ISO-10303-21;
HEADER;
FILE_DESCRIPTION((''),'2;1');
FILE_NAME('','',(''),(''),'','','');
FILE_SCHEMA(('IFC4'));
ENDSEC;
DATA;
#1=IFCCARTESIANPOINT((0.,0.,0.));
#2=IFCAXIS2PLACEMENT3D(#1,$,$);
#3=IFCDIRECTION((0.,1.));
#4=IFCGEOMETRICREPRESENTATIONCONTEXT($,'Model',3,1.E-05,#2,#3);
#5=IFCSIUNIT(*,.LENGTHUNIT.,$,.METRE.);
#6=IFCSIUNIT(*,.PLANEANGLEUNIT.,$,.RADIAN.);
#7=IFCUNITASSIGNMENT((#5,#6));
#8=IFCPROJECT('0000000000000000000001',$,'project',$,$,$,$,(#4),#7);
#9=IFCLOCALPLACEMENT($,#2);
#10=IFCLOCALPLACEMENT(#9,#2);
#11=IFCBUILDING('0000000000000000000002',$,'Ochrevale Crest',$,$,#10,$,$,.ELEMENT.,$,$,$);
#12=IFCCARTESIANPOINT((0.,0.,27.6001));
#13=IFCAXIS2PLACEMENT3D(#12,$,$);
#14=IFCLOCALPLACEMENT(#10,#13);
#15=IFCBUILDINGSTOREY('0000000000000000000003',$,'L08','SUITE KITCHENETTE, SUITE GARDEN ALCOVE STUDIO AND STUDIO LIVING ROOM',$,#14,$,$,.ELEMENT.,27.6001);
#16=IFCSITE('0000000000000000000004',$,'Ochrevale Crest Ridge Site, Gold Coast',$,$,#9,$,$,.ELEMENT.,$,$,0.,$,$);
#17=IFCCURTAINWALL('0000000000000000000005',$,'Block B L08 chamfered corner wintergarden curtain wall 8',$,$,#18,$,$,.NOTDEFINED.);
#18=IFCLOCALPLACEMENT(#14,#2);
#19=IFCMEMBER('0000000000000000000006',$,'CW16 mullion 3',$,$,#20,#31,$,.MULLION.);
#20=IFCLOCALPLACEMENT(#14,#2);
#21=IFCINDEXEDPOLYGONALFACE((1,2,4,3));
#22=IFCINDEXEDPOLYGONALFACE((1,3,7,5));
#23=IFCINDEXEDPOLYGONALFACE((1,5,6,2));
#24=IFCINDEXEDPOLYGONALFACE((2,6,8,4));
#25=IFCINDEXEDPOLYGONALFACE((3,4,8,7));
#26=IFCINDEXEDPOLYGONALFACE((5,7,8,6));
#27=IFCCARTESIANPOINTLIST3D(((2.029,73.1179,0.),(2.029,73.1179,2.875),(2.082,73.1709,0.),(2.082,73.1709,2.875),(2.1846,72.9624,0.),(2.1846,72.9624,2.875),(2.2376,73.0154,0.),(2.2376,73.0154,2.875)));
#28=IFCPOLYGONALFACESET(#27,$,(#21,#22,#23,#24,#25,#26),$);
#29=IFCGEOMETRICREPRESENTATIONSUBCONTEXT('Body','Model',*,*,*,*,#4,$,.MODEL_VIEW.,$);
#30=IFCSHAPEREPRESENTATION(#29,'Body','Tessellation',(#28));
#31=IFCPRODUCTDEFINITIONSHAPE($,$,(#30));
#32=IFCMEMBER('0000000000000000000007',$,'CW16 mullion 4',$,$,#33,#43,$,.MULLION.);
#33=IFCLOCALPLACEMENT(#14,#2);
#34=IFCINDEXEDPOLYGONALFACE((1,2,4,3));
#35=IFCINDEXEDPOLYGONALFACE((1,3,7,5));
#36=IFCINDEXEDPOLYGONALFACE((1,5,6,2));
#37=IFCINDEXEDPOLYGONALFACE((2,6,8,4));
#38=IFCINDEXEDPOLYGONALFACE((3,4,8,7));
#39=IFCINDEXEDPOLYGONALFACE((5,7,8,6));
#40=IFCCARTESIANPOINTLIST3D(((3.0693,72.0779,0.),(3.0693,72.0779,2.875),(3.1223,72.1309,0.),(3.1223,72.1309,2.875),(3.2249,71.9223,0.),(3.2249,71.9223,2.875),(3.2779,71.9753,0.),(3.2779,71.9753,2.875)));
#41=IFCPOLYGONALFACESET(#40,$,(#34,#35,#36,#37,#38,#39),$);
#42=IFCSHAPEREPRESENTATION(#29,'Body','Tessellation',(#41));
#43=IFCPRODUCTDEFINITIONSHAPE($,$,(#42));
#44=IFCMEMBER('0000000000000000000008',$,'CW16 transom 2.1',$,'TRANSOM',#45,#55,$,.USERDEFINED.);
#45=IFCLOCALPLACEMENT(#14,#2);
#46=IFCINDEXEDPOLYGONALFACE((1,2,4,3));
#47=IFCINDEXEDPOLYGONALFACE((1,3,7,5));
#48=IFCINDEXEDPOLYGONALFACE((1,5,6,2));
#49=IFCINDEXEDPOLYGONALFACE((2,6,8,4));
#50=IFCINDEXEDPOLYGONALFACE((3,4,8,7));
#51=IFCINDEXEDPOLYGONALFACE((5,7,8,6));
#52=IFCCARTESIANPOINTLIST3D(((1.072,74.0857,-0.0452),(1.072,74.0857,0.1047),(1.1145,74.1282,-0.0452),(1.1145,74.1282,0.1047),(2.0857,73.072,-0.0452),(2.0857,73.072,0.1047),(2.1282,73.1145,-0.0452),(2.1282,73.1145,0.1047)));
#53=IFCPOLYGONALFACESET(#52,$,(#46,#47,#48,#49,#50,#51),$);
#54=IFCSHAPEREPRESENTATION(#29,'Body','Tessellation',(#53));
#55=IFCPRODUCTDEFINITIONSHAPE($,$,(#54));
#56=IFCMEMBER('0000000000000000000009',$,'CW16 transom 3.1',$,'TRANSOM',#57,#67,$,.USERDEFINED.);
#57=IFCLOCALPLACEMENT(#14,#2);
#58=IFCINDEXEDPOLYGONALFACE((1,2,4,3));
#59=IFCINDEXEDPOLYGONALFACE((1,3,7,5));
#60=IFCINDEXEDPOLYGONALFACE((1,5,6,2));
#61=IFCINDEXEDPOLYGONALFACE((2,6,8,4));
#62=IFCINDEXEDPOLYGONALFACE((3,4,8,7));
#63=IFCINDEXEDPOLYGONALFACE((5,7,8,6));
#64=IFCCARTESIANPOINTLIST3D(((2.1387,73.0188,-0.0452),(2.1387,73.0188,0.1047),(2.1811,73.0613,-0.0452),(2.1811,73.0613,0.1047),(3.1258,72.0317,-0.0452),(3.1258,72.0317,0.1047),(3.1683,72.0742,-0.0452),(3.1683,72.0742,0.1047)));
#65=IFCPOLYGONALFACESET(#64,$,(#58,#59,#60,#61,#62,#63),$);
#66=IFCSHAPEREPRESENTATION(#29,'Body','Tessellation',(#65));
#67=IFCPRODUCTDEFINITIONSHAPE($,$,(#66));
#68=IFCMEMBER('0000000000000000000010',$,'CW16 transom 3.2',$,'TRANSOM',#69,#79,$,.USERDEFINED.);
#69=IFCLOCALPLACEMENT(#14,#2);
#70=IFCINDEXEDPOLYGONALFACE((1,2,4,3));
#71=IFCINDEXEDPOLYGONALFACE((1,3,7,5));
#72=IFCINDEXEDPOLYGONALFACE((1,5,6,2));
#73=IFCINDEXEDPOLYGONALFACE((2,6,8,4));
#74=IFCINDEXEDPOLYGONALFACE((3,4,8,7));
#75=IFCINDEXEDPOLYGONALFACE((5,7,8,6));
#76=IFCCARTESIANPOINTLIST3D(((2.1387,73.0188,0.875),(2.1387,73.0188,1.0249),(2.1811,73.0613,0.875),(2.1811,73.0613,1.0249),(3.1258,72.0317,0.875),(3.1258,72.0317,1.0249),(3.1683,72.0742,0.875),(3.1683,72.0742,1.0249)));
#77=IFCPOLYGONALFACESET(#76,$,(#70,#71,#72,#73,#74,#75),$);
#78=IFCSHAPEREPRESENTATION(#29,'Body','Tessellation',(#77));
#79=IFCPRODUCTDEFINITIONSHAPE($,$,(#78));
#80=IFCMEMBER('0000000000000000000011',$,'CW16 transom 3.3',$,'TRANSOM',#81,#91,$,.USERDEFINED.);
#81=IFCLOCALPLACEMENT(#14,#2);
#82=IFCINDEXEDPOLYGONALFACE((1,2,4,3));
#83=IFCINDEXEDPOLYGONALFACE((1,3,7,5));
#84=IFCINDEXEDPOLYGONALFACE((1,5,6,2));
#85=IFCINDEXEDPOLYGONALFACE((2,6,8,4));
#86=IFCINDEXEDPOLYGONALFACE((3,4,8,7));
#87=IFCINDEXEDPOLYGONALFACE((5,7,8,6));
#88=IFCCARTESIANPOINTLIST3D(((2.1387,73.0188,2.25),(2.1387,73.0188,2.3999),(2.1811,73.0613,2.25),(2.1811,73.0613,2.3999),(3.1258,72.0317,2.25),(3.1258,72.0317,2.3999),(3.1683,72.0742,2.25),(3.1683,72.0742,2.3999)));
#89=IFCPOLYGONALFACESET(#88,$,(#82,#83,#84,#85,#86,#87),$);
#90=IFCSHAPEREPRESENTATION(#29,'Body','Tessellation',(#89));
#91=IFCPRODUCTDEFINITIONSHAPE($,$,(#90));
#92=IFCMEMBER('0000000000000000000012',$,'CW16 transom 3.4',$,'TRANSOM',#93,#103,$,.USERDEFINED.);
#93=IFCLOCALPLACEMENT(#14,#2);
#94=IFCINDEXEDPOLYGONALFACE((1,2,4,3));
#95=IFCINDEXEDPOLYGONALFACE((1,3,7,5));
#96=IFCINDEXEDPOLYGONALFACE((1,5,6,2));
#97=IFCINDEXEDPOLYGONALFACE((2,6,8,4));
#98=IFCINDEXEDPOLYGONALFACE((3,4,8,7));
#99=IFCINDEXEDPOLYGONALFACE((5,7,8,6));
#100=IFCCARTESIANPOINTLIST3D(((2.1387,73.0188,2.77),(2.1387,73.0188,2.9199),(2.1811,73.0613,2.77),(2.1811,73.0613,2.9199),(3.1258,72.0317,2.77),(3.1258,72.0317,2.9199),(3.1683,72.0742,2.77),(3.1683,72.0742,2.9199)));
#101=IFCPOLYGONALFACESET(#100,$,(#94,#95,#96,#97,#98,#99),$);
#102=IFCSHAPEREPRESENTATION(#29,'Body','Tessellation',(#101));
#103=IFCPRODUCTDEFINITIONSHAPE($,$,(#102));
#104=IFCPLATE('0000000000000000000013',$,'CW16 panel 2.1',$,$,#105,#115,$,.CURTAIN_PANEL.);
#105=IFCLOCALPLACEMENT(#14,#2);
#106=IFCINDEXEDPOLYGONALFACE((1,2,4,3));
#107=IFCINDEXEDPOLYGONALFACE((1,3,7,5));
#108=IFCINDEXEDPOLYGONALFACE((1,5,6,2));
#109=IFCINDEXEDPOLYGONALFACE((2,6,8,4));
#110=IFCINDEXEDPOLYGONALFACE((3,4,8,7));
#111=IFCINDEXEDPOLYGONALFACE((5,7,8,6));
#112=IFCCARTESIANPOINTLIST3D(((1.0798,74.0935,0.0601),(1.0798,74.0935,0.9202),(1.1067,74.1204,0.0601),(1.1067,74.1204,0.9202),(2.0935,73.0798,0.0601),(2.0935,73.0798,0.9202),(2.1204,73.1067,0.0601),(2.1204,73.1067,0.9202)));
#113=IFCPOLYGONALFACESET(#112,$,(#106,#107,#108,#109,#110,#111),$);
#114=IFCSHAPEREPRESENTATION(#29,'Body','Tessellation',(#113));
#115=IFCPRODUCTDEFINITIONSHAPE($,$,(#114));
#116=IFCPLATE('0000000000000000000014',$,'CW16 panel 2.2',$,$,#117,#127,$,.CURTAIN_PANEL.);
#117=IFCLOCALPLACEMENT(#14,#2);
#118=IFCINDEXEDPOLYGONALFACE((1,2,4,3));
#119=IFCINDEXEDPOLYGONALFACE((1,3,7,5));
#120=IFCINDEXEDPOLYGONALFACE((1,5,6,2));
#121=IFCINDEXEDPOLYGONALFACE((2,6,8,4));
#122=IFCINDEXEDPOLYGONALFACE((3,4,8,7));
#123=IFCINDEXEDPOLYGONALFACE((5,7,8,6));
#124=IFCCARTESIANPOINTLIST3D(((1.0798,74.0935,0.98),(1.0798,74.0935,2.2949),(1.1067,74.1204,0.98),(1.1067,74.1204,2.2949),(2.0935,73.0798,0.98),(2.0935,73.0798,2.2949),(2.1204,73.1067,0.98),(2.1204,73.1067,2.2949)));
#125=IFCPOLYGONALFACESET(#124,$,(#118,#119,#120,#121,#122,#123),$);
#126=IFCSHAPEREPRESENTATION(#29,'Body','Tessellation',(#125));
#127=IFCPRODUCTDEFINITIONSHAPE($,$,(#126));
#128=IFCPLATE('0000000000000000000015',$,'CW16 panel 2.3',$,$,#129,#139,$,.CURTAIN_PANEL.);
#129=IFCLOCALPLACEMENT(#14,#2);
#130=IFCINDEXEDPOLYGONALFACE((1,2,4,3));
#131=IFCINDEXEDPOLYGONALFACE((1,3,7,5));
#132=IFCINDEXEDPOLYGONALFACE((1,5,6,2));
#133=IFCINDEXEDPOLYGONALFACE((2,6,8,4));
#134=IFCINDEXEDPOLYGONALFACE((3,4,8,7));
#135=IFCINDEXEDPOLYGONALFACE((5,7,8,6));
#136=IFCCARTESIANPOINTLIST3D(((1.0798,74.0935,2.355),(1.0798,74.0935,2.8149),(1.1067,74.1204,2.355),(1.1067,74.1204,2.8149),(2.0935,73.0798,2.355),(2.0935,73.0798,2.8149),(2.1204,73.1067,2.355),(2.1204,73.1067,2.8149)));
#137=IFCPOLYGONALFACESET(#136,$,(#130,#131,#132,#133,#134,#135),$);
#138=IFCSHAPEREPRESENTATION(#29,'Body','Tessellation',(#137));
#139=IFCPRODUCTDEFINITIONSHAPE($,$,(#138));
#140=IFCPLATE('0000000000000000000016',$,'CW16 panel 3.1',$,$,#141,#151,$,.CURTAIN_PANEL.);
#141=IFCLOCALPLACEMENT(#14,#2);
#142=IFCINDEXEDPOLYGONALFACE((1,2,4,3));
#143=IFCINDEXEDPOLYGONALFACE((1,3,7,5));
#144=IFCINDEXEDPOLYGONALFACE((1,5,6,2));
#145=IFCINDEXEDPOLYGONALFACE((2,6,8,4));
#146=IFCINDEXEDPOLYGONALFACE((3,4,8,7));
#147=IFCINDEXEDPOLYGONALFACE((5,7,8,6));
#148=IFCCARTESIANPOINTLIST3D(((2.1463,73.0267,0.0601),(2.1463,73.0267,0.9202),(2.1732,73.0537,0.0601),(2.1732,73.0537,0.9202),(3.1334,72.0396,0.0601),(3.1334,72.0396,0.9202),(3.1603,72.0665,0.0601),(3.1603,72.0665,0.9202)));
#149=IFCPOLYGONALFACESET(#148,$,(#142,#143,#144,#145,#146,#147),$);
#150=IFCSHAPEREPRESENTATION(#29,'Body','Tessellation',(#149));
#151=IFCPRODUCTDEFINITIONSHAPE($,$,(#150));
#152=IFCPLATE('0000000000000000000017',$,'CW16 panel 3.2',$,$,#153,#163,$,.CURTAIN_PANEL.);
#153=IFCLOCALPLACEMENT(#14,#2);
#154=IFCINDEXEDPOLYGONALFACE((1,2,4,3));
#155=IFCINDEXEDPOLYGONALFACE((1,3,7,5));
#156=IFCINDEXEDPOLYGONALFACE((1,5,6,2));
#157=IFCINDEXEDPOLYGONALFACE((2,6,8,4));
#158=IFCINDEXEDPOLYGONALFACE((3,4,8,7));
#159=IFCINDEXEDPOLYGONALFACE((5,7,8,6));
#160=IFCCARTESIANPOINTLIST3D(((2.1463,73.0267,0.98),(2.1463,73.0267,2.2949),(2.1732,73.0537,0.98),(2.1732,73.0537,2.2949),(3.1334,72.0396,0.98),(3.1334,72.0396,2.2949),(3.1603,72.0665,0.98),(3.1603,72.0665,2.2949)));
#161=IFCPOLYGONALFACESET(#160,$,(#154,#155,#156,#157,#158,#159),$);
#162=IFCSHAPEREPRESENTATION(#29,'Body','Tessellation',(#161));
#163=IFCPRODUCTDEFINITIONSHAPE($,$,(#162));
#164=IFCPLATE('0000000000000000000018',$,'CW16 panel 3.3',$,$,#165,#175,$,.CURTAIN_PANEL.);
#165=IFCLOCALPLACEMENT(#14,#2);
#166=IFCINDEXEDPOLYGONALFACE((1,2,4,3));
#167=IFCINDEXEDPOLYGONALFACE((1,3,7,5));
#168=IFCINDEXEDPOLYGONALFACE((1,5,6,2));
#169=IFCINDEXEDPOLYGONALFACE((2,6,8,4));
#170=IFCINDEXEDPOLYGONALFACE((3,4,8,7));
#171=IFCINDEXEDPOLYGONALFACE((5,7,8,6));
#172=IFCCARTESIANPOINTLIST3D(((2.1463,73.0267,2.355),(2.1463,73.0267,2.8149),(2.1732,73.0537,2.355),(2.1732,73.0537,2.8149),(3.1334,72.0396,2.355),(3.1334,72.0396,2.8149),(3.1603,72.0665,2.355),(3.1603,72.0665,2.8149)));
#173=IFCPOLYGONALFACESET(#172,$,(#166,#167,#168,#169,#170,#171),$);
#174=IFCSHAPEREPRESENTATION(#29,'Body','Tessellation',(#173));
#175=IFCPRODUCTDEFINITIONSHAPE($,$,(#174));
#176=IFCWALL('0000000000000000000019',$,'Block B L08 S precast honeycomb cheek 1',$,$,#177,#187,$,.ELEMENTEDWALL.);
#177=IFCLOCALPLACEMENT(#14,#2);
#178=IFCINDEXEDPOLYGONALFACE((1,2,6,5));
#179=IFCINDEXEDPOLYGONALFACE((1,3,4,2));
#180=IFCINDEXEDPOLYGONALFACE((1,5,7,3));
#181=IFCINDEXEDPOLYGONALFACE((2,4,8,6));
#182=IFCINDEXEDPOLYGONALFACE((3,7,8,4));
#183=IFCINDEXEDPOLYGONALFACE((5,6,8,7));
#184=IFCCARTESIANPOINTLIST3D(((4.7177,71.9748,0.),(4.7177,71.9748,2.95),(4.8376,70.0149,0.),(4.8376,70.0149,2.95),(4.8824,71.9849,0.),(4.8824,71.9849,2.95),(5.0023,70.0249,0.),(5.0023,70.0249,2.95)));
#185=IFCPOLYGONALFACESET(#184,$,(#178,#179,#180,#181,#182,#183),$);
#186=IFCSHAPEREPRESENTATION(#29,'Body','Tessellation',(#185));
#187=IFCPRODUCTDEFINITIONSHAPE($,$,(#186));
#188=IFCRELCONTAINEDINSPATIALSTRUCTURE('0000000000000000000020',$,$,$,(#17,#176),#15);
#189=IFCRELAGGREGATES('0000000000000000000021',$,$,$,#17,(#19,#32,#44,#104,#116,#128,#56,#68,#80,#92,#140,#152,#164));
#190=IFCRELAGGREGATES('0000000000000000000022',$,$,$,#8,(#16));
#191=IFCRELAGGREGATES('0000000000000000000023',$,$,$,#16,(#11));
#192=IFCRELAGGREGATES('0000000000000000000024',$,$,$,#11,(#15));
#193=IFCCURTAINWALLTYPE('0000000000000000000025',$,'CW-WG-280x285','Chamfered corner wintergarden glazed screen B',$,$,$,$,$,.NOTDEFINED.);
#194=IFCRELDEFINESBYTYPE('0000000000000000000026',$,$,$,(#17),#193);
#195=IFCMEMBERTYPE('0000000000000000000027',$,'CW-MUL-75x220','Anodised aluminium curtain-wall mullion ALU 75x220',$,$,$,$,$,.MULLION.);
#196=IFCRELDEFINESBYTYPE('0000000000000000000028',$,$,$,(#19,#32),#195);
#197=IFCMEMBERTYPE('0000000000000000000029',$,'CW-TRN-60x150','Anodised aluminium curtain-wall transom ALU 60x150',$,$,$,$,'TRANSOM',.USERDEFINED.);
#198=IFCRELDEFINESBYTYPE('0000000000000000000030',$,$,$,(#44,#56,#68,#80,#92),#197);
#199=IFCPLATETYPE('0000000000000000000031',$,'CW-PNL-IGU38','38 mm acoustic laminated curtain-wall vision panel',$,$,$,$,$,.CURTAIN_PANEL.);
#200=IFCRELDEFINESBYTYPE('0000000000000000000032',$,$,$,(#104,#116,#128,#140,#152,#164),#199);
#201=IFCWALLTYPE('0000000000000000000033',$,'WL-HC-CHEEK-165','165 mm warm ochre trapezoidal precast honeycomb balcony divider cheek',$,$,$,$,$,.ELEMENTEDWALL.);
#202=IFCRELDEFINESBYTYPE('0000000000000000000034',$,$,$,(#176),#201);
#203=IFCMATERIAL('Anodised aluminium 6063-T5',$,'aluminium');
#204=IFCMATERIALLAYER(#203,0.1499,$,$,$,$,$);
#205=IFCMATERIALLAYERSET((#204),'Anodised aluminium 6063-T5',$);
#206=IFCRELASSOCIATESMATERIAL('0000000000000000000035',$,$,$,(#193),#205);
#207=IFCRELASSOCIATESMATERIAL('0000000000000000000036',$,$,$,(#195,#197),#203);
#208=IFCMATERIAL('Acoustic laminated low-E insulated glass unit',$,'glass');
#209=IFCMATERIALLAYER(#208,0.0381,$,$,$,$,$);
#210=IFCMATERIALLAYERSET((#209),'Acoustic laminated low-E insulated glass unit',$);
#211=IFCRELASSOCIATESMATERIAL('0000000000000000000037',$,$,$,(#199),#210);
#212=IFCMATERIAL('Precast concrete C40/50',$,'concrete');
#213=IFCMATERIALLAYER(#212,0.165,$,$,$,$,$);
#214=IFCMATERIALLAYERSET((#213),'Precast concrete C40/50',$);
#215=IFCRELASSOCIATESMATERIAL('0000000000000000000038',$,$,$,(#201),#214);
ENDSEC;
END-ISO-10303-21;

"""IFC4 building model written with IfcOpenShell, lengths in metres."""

from ifc_helpers import new_model, si_unit, direction, frame, frame_2d, origin, origin_2d, place, context, subcontext, project, spatial, rectangle, extrude, material, layer, layer_set, material_profile, profile_set, type_object, element, aggregate, save


model = new_model("IFC4")

# Units and contexts
model_context = context("Model", 3, precision=1e-05, world=origin(), true_north=direction((0.0, 1.0)))
body_context = subcontext(model_context, "Body", "Model", "MODEL_VIEW")
ifc_project = project(units=[si_unit("LENGTHUNIT", "METRE"), si_unit("PLANEANGLEUNIT", "RADIAN")], contexts=[model_context])

# Site, building, storey
site_placement = place(None, origin())
site = spatial("IfcSite", under=ifc_project, at=site_placement, Name="Ochrevale Crest Ridge Site, Gold Coast", CompositionType="ELEMENT", RefElevation=0.0)
building_placement = place(site_placement, origin())
building = spatial("IfcBuilding", under=site, at=building_placement, Name="Ochrevale Crest", CompositionType="ELEMENT")
storey_placement = place(building_placement, frame((0.0, 0.0, 27.6001)))
storey = spatial("IfcBuildingStorey", under=building, at=storey_placement, Name="L08", Description="SUITE KITCHENETTE, SUITE GARDEN ALCOVE STUDIO AND STUDIO LIVING ROOM", CompositionType="ELEMENT", Elevation=27.6001)

# Curtain wall, members, plates
ifc_material_1 = material(Name="Anodised aluminium 6063-T5", Category="aluminium")
ifc_layer_1 = layer(ifc_material_1, 0.1499)
ifc_layer_set_1 = layer_set([ifc_layer_1], Name="Anodised aluminium 6063-T5")
curtain_wall_type = type_object("IfcCurtainWallType", Name="CW-WG-280x285", Description="Chamfered corner wintergarden glazed screen B", PredefinedType="NOTDEFINED", material=ifc_layer_set_1)
curtain_wall_placement = place(storey_placement, origin())
curtain_wall = element("IfcCurtainWall", 1, at=curtain_wall_placement, inside=storey, type_object=curtain_wall_type, Name="Block B L08 chamfered corner wintergarden curtain wall 8", PredefinedType="NOTDEFINED")
ifc_material_profile_1 = material_profile(ifc_material_1, rectangle(XDim=0.075, YDim=0.22, at=origin_2d()), Name="ALU 75x220")
ifc_profile_set_1 = profile_set([ifc_material_profile_1], Name="Anodised aluminium 6063-T5")
member_type_1 = type_object("IfcMemberType", Name="CW-MUL-75x220", Description="Anodised aluminium curtain-wall mullion ALU 75x220", PredefinedType="MULLION", material=ifc_profile_set_1)
member_1_placement = place(storey_placement, frame((2.1333, 73.0667, 0.0), z_axis=(0.0, 0.0, 1.0), x_axis=(0.707107, 0.707107, 0.0)))
member_1 = element("IfcMember", 2, at=member_1_placement, type_object=member_type_1, Name="CW16 mullion 3", PredefinedType="MULLION", context=body_context, shape_type="SweptSolid", body=[
    extrude(rectangle(XDim=0.075, YDim=0.22, at=origin_2d()), origin(), (0.0, 0.0, 1.0), 2.875),
])
member_2_placement = place(storey_placement, frame((3.1736, 72.0266, 0.0), z_axis=(0.0, 0.0, 1.0), x_axis=(0.707107, 0.707107, 0.0)))
member_2 = element("IfcMember", 3, at=member_2_placement, type_object=member_type_1, Name="CW16 mullion 4", PredefinedType="MULLION", context=body_context, shape_type="SweptSolid", body=[
    extrude(rectangle(XDim=0.075, YDim=0.22, at=origin_2d()), origin(), (0.0, 0.0, 1.0), 2.875),
])
ifc_material_profile_2 = material_profile(ifc_material_1, rectangle(XDim=0.0601, YDim=0.1499, at=origin_2d()), Name="ALU 60x150")
ifc_profile_set_2 = profile_set([ifc_material_profile_2], Name="Anodised aluminium 6063-T5")
member_type_2 = type_object("IfcMemberType", Name="CW-TRN-60x150", Description="Anodised aluminium curtain-wall transom ALU 60x150", ElementType="TRANSOM", PredefinedType="USERDEFINED", material=ifc_profile_set_2)
member_3_placement = place(storey_placement, frame((1.0933, 74.1069, 0.0298), z_axis=(0.707107, -0.707107, 0.0), x_axis=(0.707107, 0.707107, 0.0)))
member_3 = element("IfcMember", 4, at=member_3_placement, type_object=member_type_2, Name="CW16 transom 2.1", ObjectType="TRANSOM", PredefinedType="USERDEFINED", context=body_context, shape_type="SweptSolid", body=[
    extrude(rectangle(XDim=0.0601, YDim=0.1499, at=origin_2d()), origin(), (0.0, 0.0, 1.0), 1.4336),
])
member_4_placement = place(storey_placement, frame((2.1599, 73.04, 0.0298), z_axis=(0.707107, -0.707107, 0.0), x_axis=(0.707107, 0.707107, 0.0)))
member_4 = element("IfcMember", 5, at=member_4_placement, type_object=member_type_2, Name="CW16 transom 3.1", ObjectType="TRANSOM", PredefinedType="USERDEFINED", context=body_context, shape_type="SweptSolid", body=[
    extrude(rectangle(XDim=0.0601, YDim=0.1499, at=origin_2d()), origin(), (0.0, 0.0, 1.0), 1.396),
])
member_5_placement = place(storey_placement, frame((2.1599, 73.04, 0.95), z_axis=(0.707107, -0.707107, 0.0), x_axis=(0.707107, 0.707107, 0.0)))
member_5 = element("IfcMember", 6, at=member_5_placement, type_object=member_type_2, Name="CW16 transom 3.2", ObjectType="TRANSOM", PredefinedType="USERDEFINED", context=body_context, shape_type="SweptSolid", body=[
    extrude(rectangle(XDim=0.0601, YDim=0.1499, at=origin_2d()), origin(), (0.0, 0.0, 1.0), 1.396),
])
member_6_placement = place(storey_placement, frame((2.1599, 73.04, 2.325), z_axis=(0.707107, -0.707107, 0.0), x_axis=(0.707107, 0.707107, 0.0)))
member_6 = element("IfcMember", 7, at=member_6_placement, type_object=member_type_2, Name="CW16 transom 3.3", ObjectType="TRANSOM", PredefinedType="USERDEFINED", context=body_context, shape_type="SweptSolid", body=[
    extrude(rectangle(XDim=0.0601, YDim=0.1499, at=origin_2d()), origin(), (0.0, 0.0, 1.0), 1.396),
])
member_7_placement = place(storey_placement, frame((2.1599, 73.04, 2.845), z_axis=(0.707107, -0.707107, 0.0), x_axis=(0.707107, 0.707107, 0.0)))
member_7 = element("IfcMember", 8, at=member_7_placement, type_object=member_type_2, Name="CW16 transom 3.4", ObjectType="TRANSOM", PredefinedType="USERDEFINED", context=body_context, shape_type="SweptSolid", body=[
    extrude(rectangle(XDim=0.0601, YDim=0.1499, at=origin_2d()), origin(), (0.0, 0.0, 1.0), 1.396),
])
ifc_material_2 = material(Name="Acoustic laminated low-E insulated glass unit", Category="glass")
ifc_layer_2 = layer(ifc_material_2, 0.0381)
ifc_layer_set_2 = layer_set([ifc_layer_2], Name="Acoustic laminated low-E insulated glass unit")
plate_type = type_object("IfcPlateType", Name="CW-PNL-IGU38", Description="38 mm acoustic laminated curtain-wall vision panel", PredefinedType="CURTAIN_PANEL", material=ifc_layer_set_2)
plate_1_placement = place(storey_placement, frame((1.6001, 73.6001, 0.0601), z_axis=(0.0, 0.0, 1.0), x_axis=(0.707107, -0.707107, 0.0)))
plate_1 = element("IfcPlate", 9, at=plate_1_placement, type_object=plate_type, Name="CW16 panel 2.1", PredefinedType="CURTAIN_PANEL", context=body_context, shape_type="SweptSolid", body=[
    extrude(rectangle(XDim=1.4336, YDim=0.0381, at=origin_2d()), origin(), (0.0, 0.0, 1.0), 0.8601),
])
plate_2_placement = place(storey_placement, frame((1.6001, 73.6001, 0.98), z_axis=(0.0, 0.0, 1.0), x_axis=(0.707107, -0.707107, 0.0)))
plate_2 = element("IfcPlate", 10, at=plate_2_placement, type_object=plate_type, Name="CW16 panel 2.2", PredefinedType="CURTAIN_PANEL", context=body_context, shape_type="SweptSolid", body=[
    extrude(rectangle(XDim=1.4336, YDim=0.0381, at=origin_2d()), origin(), (0.0, 0.0, 1.0), 1.3149),
])
plate_3_placement = place(storey_placement, frame((1.6001, 73.6001, 2.355), z_axis=(0.0, 0.0, 1.0), x_axis=(0.707107, -0.707107, 0.0)))
plate_3 = element("IfcPlate", 11, at=plate_3_placement, type_object=plate_type, Name="CW16 panel 2.3", PredefinedType="CURTAIN_PANEL", context=body_context, shape_type="SweptSolid", body=[
    extrude(rectangle(XDim=1.4336, YDim=0.0381, at=origin_2d()), origin(), (0.0, 0.0, 1.0), 0.46),
])
plate_4_placement = place(storey_placement, frame((2.6533, 72.5466, 0.0601), z_axis=(0.0, 0.0, 1.0), x_axis=(0.707107, -0.707107, 0.0)))
plate_4 = element("IfcPlate", 12, at=plate_4_placement, type_object=plate_type, Name="CW16 panel 3.1", PredefinedType="CURTAIN_PANEL", context=body_context, shape_type="SweptSolid", body=[
    extrude(rectangle(XDim=1.396, YDim=0.0381, at=origin_2d()), origin(), (0.0, 0.0, 1.0), 0.8601),
])
plate_5_placement = place(storey_placement, frame((2.6533, 72.5466, 0.98), z_axis=(0.0, 0.0, 1.0), x_axis=(0.707107, -0.707107, 0.0)))
plate_5 = element("IfcPlate", 13, at=plate_5_placement, type_object=plate_type, Name="CW16 panel 3.2", PredefinedType="CURTAIN_PANEL", context=body_context, shape_type="SweptSolid", body=[
    extrude(rectangle(XDim=1.396, YDim=0.0381, at=origin_2d()), origin(), (0.0, 0.0, 1.0), 1.3149),
])
plate_6_placement = place(storey_placement, frame((2.6533, 72.5466, 2.355), z_axis=(0.0, 0.0, 1.0), x_axis=(0.707107, -0.707107, 0.0)))
plate_6 = element("IfcPlate", 14, at=plate_6_placement, type_object=plate_type, Name="CW16 panel 3.3", PredefinedType="CURTAIN_PANEL", context=body_context, shape_type="SweptSolid", body=[
    extrude(rectangle(XDim=1.396, YDim=0.0381, at=origin_2d()), origin(), (0.0, 0.0, 1.0), 0.46),
])
aggregate(curtain_wall, [member_1, member_2, member_3, plate_1, plate_2, plate_3, member_4, member_5, member_6, member_7, plate_4, plate_5, plate_6])

# Shared definitions
ifc_material_3 = material(Name="Precast concrete C40/50", Category="concrete")

# Wall
ifc_layer_3 = layer(ifc_material_3, 0.165)
ifc_layer_set_3 = layer_set([ifc_layer_3], Name="Precast concrete C40/50")
wall_type_1 = type_object("IfcWallType", Name="WL-HC-CHEEK-165", Description="165 mm warm ochre trapezoidal precast honeycomb balcony divider cheek", PredefinedType="ELEMENTEDWALL", material=ifc_layer_set_3)
for number, where, z_axis, x_axis, name in (
    (15, (4.8, 71.98, 0.0), (0.0, 0.0, 1.0), (0.061047, -0.998135, 0.0), "Block B L08 S precast honeycomb cheek 1"),
):
    element("IfcWall", number, at=place(storey_placement, frame(where, z_axis=z_axis, x_axis=x_axis)), inside=storey, type_object=wall_type_1, Name=name, PredefinedType="ELEMENTEDWALL", context=body_context, shape_type="SweptSolid", body=[
        extrude(rectangle(XDim=1.9636, YDim=0.165, at=frame_2d((0.9819, 0.0))), origin(), (0.0, 0.0, 1.0), 2.95),
    ])

save(model, "model.ifc")
